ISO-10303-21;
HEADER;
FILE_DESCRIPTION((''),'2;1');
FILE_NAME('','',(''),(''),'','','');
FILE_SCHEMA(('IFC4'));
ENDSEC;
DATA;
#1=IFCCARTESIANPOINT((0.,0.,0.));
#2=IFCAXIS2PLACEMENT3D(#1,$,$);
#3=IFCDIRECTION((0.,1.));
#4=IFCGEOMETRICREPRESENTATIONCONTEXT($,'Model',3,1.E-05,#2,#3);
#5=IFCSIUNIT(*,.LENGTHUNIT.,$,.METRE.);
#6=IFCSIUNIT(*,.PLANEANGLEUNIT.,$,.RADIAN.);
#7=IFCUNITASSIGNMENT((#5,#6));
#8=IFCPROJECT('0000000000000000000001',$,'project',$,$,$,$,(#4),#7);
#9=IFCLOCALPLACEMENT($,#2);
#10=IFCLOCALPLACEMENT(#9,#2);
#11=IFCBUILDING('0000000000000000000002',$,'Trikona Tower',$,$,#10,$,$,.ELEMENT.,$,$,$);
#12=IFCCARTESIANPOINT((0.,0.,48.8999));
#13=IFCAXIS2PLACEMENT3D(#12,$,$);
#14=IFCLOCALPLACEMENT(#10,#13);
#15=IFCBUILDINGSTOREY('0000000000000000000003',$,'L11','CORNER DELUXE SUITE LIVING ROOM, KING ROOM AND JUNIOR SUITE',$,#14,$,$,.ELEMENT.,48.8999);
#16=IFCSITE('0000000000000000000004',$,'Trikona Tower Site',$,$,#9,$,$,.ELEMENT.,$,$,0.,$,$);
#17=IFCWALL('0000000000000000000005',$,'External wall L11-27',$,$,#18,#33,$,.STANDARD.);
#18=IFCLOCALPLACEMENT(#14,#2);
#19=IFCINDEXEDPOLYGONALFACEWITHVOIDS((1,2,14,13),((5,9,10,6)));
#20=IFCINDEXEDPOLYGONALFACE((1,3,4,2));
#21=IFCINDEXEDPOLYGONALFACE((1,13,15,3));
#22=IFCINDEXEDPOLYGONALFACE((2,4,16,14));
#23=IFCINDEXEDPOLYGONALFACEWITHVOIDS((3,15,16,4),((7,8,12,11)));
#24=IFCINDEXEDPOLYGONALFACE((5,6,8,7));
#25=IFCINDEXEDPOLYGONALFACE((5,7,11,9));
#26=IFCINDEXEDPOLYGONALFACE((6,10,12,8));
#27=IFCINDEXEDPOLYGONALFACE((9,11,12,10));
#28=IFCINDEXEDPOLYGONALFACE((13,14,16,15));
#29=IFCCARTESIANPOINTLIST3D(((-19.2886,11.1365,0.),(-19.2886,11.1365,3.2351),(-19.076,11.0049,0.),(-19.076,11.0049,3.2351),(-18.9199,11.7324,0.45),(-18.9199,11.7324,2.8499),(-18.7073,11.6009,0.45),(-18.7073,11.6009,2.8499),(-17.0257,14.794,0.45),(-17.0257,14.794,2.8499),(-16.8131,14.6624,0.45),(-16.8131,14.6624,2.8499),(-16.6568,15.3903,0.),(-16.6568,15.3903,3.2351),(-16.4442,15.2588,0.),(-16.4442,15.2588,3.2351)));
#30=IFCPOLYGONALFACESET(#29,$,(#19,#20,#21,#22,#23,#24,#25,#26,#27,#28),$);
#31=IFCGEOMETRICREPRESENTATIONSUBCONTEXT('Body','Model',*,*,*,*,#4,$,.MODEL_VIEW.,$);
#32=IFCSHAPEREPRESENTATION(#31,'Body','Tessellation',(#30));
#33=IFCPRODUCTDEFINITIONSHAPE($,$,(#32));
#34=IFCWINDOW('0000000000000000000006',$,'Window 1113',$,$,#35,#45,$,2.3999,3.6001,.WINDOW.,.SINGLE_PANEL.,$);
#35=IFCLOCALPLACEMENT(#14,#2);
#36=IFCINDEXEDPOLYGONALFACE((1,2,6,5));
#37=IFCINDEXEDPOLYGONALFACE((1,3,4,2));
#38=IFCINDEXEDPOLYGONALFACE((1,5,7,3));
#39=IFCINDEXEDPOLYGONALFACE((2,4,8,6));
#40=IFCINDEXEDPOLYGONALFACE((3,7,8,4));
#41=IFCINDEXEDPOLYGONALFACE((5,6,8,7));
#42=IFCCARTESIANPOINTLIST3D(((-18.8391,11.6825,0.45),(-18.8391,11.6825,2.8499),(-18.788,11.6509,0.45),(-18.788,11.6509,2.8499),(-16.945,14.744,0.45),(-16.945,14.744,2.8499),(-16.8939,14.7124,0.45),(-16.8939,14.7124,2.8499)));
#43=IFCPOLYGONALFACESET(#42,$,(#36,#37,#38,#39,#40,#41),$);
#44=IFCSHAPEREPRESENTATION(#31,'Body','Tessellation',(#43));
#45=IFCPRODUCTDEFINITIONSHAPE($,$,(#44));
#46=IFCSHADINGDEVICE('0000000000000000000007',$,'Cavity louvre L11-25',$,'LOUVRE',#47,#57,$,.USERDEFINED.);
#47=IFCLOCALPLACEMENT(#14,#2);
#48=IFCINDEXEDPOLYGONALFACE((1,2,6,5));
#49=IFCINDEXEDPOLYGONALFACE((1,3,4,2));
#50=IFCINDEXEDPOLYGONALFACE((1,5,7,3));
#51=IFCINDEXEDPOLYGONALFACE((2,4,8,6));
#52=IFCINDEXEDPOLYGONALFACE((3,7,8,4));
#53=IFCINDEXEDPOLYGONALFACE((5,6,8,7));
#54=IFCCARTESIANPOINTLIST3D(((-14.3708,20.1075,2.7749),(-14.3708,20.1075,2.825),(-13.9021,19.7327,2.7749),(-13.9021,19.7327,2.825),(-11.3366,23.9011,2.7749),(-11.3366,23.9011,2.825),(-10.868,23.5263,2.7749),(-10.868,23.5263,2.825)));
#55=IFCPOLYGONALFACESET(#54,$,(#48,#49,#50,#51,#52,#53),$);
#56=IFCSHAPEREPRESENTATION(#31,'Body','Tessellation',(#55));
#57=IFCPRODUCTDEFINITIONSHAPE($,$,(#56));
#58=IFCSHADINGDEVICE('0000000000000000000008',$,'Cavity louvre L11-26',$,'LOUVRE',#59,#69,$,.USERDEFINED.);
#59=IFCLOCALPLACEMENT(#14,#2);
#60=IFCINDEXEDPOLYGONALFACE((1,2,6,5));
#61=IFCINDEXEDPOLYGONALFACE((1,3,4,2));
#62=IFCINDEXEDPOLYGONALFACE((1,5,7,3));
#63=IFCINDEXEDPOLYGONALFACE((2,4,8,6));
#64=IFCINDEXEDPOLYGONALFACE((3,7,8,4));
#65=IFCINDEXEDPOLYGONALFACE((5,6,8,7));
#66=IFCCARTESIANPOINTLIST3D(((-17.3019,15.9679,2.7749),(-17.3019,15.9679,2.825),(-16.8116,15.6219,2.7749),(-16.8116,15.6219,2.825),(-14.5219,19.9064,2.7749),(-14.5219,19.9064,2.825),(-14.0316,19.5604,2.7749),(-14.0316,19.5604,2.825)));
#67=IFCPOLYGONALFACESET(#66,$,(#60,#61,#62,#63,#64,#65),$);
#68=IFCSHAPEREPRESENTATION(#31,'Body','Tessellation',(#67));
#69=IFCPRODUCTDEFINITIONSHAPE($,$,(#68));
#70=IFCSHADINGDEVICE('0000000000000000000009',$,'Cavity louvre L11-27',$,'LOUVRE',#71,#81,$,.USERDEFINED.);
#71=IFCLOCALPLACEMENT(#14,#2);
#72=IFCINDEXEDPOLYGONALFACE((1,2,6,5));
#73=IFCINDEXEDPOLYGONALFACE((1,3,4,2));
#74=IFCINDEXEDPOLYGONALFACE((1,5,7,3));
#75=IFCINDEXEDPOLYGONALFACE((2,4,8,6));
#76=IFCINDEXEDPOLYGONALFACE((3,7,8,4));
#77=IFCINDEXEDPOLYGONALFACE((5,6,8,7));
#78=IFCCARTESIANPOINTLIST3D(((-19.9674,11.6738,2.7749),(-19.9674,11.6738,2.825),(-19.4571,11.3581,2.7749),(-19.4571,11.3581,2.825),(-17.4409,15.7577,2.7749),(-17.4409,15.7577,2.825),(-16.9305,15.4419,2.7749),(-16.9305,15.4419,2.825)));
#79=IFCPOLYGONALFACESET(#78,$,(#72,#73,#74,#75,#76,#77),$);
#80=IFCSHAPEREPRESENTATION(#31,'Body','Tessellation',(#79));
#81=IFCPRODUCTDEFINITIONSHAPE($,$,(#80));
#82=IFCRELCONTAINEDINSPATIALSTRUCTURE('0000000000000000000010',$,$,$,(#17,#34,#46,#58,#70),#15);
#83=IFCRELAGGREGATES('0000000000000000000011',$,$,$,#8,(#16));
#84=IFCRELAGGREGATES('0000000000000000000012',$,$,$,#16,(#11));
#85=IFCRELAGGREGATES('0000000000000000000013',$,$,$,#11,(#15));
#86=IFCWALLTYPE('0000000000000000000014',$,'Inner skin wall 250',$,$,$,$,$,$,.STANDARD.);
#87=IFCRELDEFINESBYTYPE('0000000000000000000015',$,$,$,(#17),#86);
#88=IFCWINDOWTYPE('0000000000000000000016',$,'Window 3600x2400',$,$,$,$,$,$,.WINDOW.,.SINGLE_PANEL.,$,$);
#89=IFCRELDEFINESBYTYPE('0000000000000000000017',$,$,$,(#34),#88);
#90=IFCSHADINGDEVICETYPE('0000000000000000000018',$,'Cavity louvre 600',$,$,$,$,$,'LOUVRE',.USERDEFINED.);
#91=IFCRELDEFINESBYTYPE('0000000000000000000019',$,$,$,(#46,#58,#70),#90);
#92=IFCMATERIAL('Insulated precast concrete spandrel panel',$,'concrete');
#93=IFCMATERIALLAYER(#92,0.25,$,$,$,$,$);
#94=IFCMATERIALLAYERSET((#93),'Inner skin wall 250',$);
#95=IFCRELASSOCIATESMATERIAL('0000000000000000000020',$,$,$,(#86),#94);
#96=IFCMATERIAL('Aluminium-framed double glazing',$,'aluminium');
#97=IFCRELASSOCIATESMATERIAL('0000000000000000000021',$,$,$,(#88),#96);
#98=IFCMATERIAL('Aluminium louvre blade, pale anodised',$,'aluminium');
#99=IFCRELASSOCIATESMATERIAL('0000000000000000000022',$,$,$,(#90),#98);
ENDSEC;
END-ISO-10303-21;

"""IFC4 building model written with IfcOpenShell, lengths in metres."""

from ifc_helpers import new_model, si_unit, direction, frame, frame_2d, origin, origin_2d, place, context, subcontext, project, spatial, rectangle, extrude, material, layer, layer_set, type_object, element, fill, save


model = new_model("IFC4")

# Units and contexts
model_context = context("Model", 3, precision=1e-05, world=origin(), true_north=direction((0.0, 1.0)))
body_context = subcontext(model_context, "Body", "Model", "MODEL_VIEW")
ifc_project = project(units=[si_unit("LENGTHUNIT", "METRE"), si_unit("PLANEANGLEUNIT", "RADIAN")], contexts=[model_context])

# Site, building, storey
site_placement = place(None, origin())
site = spatial("IfcSite", under=ifc_project, at=site_placement, Name="Trikona Tower Site", CompositionType="ELEMENT", RefElevation=0.0)
building_placement = place(site_placement, origin())
building = spatial("IfcBuilding", under=site, at=building_placement, Name="Trikona Tower", CompositionType="ELEMENT")
storey_placement = place(building_placement, frame((0.0, 0.0, 48.8999)))
storey = spatial("IfcBuildingStorey", under=building, at=storey_placement, Name="L11", Description="CORNER DELUXE SUITE LIVING ROOM, KING ROOM AND JUNIOR SUITE", CompositionType="ELEMENT", Elevation=48.8999)

# Wall, opening, window
ifc_material_1 = material(Name="Insulated precast concrete spandrel panel", Category="concrete")
ifc_layer_1 = layer(ifc_material_1, 0.25)
ifc_layer_set_1 = layer_set([ifc_layer_1], Name="Inner skin wall 250")
wall_type = type_object("IfcWallType", Name="Inner skin wall 250", PredefinedType="STANDARD", material=ifc_layer_set_1)
ifc_material_2 = material(Name="Aluminium-framed double glazing", Category="aluminium")
window_type = type_object("IfcWindowType", Name="Window 3600x2400", PartitioningType="SINGLE_PANEL", PredefinedType="WINDOW", material=ifc_material_2)
wall_1_placement = place(storey_placement, frame((-16.5505, 15.3245, 0.0), z_axis=(0.0, 0.0, 1.0), x_axis=(-0.526133, -0.850402, 0.0)))
wall_1 = element("IfcWall", 1, at=wall_1_placement, inside=storey, type_object=wall_type, Name="External wall L11-27", PredefinedType="STANDARD", context=body_context, shape_type="SweptSolid", body=[
    extrude(rectangle(XDim=5.0022, YDim=0.25, at=frame_2d((2.501, 0.0))), origin(), (0.0, 0.0, 1.0), 3.2351),
])
opening_1_placement = place(wall_1_placement, frame((0.7012, 0.0, 0.45)))
opening_1 = element("IfcOpeningElement", 2, at=opening_1_placement, cuts=wall_1, PredefinedType="OPENING", context=body_context, shape_type="SweptSolid", body=[
    extrude(rectangle(XDim=3.6001, YDim=2.3999, at=frame_2d((1.8, 1.2))), frame((0.0, 0.135, 0.0), z_axis=(0.0, -1.0, 0.0), x_axis=(1.0, 0.0, 0.0)), (0.0, 0.0, 1.0), 0.27),
])
window_1_placement = place(opening_1_placement, origin())
window_1 = element("IfcWindow", 3, at=window_1_placement, inside=storey, type_object=window_type, Name="Window 1113", OverallHeight=2.3999, OverallWidth=3.6001, PartitioningType="SINGLE_PANEL", PredefinedType="WINDOW", context=body_context, shape_type="SweptSolid", body=[
    extrude(rectangle(XDim=3.6001, YDim=2.3999, at=frame_2d((1.8, 1.2))), frame((0.0, 0.03, 0.0), z_axis=(0.0, -1.0, 0.0), x_axis=(1.0, 0.0, 0.0)), (0.0, 0.0, 1.0), 0.0601),
])
fill(opening_1, window_1)

# Shading devices
ifc_material_3 = material(Name="Aluminium louvre blade, pale anodised", Category="aluminium")
shading_device_type = type_object("IfcShadingDeviceType", Name="Cavity louvre 600", ElementType="LOUVRE", PredefinedType="USERDEFINED", material=ifc_material_3)
shading_device_1_placement = place(storey_placement, frame((-12.6194, 21.8169, 2.7749), z_axis=(0.0, 0.0, 1.0), x_axis=(-0.624604, -0.780942, 0.0)))
element("IfcShadingDevice", 4, at=shading_device_1_placement, inside=storey, type_object=shading_device_type, Name="Cavity louvre L11-25", ObjectType="LOUVRE", PredefinedType="USERDEFINED", context=body_context, shape_type="SweptSolid", body=[
    extrude(rectangle(XDim=4.8577, YDim=0.6001, at=origin_2d()), origin(), (0.0, 0.0, 1.0), 0.05),
])
shading_device_2_placement = place(storey_placement, frame((-15.6667, 17.7642, 2.7749), z_axis=(0.0, 0.0, 1.0), x_axis=(-0.576662, -0.816983, 0.0)))
element("IfcShadingDevice", 5, at=shading_device_2_placement, inside=storey, type_object=shading_device_type, Name="Cavity louvre L11-26", ObjectType="LOUVRE", PredefinedType="USERDEFINED", context=body_context, shape_type="SweptSolid", body=[
    extrude(rectangle(XDim=4.8208, YDim=0.6001, at=origin_2d()), origin(), (0.0, 0.0, 1.0), 0.05),
])
shading_device_3_placement = place(storey_placement, frame((-18.449, 13.5579, 2.7749), z_axis=(0.0, 0.0, 1.0), x_axis=(-0.526119, -0.850411, 0.0)))
element("IfcShadingDevice", 6, at=shading_device_3_placement, inside=storey, type_object=shading_device_type, Name="Cavity louvre L11-27", ObjectType="LOUVRE", PredefinedType="USERDEFINED", context=body_context, shape_type="SweptSolid", body=[
    extrude(rectangle(XDim=4.8022, YDim=0.6001, at=origin_2d()), origin(), (0.0, 0.0, 1.0), 0.05),
])

save(model, "model.ifc")
